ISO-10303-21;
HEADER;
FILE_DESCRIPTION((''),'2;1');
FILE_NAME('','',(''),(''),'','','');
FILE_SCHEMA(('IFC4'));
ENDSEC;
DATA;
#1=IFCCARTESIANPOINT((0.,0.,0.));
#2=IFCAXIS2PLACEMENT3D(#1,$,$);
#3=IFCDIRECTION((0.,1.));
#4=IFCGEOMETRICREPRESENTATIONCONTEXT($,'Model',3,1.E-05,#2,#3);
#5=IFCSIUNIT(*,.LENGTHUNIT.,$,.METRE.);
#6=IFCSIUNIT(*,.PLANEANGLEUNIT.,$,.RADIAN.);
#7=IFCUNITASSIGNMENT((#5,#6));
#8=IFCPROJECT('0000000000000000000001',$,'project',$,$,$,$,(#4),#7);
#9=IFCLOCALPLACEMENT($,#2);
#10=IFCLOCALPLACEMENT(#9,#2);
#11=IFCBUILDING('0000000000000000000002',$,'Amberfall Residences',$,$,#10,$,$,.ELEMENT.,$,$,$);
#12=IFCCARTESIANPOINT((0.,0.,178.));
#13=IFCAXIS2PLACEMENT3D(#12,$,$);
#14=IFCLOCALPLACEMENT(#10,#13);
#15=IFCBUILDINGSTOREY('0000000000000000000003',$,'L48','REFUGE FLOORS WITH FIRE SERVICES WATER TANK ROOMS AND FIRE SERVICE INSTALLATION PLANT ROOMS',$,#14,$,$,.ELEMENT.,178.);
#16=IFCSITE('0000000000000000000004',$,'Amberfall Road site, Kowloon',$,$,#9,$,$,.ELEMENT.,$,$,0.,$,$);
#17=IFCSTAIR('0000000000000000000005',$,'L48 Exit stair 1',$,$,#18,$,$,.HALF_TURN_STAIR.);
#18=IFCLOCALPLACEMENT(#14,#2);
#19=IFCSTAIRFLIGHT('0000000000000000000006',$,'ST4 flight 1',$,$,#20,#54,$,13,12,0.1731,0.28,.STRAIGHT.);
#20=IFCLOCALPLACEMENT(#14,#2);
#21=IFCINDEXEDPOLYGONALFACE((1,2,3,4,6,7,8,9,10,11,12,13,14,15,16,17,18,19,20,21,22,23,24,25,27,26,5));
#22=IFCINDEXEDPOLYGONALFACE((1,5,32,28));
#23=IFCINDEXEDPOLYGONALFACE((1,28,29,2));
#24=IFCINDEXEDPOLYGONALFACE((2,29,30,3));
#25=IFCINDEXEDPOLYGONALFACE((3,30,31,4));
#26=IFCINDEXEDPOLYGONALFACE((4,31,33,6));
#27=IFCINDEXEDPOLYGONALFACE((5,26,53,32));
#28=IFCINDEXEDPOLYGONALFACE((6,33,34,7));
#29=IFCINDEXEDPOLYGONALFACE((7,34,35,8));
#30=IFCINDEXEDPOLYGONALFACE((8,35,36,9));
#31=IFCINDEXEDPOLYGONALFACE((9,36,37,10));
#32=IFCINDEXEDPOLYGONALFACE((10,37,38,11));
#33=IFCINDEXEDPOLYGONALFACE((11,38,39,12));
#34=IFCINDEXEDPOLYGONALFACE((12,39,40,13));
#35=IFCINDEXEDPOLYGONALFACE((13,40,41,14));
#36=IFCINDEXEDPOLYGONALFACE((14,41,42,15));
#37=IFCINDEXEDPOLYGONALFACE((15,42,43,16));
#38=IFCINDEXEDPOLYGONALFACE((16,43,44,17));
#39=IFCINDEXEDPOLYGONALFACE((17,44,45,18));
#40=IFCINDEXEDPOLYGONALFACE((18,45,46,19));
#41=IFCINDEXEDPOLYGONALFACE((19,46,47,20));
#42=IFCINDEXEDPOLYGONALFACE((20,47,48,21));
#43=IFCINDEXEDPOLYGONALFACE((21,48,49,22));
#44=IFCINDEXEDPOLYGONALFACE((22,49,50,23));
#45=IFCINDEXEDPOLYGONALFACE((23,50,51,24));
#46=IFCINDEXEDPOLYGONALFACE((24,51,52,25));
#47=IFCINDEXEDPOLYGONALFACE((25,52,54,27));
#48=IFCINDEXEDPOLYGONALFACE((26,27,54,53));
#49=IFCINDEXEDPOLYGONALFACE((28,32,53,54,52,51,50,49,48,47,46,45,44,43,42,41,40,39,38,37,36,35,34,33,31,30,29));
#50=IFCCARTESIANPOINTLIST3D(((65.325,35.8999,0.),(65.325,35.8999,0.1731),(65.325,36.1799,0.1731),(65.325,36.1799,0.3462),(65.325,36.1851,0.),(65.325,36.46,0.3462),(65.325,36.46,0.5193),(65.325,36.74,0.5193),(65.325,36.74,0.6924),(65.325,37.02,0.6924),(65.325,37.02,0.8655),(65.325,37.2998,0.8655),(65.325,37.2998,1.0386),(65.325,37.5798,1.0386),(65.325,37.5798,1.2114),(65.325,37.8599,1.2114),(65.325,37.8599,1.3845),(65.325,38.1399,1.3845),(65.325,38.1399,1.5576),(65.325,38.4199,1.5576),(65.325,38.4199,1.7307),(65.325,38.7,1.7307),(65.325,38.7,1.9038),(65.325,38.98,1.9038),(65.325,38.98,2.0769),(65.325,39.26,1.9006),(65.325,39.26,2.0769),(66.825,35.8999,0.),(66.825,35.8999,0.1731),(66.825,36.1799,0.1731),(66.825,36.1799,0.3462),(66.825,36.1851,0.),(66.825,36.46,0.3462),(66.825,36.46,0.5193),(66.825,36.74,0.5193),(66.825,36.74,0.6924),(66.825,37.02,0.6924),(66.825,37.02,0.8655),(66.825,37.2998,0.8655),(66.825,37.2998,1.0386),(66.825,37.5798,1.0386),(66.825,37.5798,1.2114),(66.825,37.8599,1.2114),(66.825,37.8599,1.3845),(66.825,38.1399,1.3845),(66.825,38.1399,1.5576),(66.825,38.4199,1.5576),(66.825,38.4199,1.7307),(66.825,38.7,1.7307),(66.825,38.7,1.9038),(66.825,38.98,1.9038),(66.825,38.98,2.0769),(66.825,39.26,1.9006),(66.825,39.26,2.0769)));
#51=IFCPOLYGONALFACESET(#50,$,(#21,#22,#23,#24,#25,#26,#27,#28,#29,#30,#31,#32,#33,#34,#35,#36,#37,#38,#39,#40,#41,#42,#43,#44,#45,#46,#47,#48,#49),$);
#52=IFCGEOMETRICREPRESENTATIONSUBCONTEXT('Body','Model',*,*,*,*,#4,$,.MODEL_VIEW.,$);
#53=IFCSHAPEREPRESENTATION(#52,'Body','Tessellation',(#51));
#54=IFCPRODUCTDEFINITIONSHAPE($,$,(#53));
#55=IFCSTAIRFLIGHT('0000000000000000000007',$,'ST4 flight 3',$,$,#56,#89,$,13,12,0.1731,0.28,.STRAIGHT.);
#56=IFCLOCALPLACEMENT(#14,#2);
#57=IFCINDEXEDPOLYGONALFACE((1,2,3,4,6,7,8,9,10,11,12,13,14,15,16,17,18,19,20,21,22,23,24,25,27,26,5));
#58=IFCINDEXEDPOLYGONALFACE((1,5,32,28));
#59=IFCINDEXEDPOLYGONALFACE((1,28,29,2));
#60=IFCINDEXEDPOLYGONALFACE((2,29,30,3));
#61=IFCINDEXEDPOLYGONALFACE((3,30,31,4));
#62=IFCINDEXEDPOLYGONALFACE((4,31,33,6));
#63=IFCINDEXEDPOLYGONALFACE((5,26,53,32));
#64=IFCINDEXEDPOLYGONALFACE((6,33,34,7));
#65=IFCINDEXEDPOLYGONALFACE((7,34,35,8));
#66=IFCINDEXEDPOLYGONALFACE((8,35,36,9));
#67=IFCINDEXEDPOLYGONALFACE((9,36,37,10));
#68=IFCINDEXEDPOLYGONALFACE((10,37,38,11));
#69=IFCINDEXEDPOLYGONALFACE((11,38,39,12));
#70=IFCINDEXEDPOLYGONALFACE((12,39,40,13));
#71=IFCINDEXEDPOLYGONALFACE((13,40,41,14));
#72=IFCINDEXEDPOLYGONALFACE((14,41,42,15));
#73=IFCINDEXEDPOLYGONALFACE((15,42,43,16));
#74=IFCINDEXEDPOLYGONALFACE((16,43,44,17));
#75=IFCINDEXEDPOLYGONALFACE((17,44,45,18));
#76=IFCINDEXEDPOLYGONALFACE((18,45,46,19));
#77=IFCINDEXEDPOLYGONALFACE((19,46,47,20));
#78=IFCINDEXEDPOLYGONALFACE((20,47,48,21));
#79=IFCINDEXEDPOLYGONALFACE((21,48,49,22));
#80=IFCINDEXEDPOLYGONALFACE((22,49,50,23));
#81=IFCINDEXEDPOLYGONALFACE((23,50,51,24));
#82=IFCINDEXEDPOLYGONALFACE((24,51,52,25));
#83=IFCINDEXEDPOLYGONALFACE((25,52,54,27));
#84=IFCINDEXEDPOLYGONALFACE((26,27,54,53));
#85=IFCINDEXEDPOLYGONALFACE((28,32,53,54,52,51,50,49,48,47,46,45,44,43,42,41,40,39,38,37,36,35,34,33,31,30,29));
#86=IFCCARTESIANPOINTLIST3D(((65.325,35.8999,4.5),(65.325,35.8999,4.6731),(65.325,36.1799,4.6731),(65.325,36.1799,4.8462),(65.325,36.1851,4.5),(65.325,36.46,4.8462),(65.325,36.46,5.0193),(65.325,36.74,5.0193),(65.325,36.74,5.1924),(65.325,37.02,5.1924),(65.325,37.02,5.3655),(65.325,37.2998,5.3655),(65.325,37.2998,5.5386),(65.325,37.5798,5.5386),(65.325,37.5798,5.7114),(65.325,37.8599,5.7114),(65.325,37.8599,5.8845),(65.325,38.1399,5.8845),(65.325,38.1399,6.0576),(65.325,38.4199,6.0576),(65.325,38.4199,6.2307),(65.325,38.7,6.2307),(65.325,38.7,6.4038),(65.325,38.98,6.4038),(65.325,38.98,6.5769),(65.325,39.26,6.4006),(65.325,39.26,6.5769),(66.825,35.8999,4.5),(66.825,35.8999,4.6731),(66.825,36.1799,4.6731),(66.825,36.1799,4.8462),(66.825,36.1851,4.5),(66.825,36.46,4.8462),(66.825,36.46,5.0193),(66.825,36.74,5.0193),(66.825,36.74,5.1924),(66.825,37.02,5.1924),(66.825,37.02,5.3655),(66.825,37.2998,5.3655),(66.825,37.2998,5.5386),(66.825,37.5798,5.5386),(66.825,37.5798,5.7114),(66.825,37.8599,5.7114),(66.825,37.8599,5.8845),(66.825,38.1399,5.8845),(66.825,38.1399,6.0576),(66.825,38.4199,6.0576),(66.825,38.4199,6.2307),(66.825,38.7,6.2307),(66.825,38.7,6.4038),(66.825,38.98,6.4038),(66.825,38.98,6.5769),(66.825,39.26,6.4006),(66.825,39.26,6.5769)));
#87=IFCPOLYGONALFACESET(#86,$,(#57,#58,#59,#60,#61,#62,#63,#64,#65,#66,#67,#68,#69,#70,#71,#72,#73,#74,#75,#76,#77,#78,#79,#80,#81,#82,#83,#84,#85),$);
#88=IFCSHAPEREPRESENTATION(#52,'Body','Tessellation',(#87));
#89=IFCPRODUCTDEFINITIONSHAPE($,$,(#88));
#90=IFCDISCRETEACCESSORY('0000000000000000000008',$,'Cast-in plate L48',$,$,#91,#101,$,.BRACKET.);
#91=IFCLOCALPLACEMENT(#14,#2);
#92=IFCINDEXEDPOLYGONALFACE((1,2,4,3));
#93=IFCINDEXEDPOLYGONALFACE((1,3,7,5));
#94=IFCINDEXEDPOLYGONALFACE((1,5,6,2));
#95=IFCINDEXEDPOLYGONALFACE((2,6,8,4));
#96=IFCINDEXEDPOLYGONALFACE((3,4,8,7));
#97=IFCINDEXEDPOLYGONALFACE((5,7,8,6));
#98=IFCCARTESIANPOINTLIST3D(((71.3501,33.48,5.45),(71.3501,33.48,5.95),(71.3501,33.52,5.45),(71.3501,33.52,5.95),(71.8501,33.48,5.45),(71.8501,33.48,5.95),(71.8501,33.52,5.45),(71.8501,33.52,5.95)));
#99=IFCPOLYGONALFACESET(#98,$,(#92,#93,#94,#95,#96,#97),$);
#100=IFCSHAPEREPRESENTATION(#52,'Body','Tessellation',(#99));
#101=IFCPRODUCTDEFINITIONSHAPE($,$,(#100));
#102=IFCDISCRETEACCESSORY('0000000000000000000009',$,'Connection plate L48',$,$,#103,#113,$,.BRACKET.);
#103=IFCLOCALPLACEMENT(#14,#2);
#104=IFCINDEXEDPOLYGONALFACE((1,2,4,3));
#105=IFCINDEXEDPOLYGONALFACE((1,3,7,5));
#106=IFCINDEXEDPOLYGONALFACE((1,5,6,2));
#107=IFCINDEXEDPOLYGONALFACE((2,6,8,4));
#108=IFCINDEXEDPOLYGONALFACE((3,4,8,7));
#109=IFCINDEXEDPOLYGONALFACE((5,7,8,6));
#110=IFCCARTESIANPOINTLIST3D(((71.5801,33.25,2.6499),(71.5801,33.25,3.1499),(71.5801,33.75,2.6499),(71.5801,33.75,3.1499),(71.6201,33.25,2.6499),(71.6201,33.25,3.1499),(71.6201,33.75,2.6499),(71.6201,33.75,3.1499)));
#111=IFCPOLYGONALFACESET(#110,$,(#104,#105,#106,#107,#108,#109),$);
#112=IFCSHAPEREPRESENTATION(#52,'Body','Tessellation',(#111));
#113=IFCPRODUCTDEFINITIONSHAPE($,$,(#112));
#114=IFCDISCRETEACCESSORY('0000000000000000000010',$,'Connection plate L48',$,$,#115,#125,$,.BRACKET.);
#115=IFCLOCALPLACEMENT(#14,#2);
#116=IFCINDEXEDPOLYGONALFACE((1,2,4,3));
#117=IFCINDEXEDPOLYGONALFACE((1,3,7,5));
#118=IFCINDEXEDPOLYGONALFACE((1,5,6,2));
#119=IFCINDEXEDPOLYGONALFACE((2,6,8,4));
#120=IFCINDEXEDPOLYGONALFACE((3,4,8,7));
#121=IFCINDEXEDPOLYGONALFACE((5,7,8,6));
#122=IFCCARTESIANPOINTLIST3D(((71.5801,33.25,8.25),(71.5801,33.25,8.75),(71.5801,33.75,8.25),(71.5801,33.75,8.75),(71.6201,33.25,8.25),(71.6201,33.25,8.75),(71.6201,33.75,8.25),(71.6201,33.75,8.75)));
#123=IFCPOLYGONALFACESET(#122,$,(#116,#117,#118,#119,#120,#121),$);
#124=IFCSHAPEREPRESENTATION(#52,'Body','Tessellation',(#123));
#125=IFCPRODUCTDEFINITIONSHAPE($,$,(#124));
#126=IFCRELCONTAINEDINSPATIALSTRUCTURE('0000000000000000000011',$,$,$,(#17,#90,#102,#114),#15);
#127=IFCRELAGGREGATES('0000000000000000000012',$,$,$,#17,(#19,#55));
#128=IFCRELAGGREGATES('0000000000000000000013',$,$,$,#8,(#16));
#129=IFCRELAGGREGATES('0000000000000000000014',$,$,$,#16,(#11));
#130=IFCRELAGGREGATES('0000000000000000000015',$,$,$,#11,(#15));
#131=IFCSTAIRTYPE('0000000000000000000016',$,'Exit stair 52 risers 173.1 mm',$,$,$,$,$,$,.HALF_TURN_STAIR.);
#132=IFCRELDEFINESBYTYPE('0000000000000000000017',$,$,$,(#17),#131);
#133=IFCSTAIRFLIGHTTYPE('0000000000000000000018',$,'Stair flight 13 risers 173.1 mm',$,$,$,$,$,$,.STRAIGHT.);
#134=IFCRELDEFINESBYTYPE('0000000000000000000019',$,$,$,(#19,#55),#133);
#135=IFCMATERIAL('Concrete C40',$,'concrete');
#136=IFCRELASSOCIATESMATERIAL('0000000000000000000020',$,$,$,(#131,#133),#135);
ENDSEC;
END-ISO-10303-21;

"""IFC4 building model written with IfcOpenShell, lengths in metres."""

from ifc_helpers import new_model, si_unit, direction, frame, origin, origin_2d, place, context, subcontext, project, spatial, polyline, rectangle, outline, extrude, material, type_object, element, aggregate, save


model = new_model("IFC4")

# Units and contexts
model_context = context("Model", 3, precision=1e-05, world=origin(), true_north=direction((0.0, 1.0)))
body_context = subcontext(model_context, "Body", "Model", "MODEL_VIEW")
ifc_project = project(units=[si_unit("LENGTHUNIT", "METRE"), si_unit("PLANEANGLEUNIT", "RADIAN")], contexts=[model_context])

# Site, building, storey
site_placement = place(None, origin())
site = spatial("IfcSite", under=ifc_project, at=site_placement, Name="Amberfall Road site, Kowloon", CompositionType="ELEMENT", RefElevation=0.0)
building_placement = place(site_placement, origin())
building = spatial("IfcBuilding", under=site, at=building_placement, Name="Amberfall Residences", CompositionType="ELEMENT")
storey_placement = place(building_placement, frame((0.0, 0.0, 178.0)))
storey = spatial("IfcBuildingStorey", under=building, at=storey_placement, Name="L48", Description="REFUGE FLOORS WITH FIRE SERVICES WATER TANK ROOMS AND FIRE SERVICE INSTALLATION PLANT ROOMS", CompositionType="ELEMENT", Elevation=178.0)

# Stair, stair flights
ifc_material_1 = material(Name="Concrete C40", Category="concrete")
stair_type = type_object("IfcStairType", Name="Exit stair 52 risers 173.1 mm", PredefinedType="HALF_TURN_STAIR", material=ifc_material_1)
stair_placement = place(storey_placement, origin())
stair = element("IfcStair", 1, at=stair_placement, inside=storey, type_object=stair_type, Name="L48 Exit stair 1", PredefinedType="HALF_TURN_STAIR")
stair_flight_type = type_object("IfcStairFlightType", Name="Stair flight 13 risers 173.1 mm", PredefinedType="STRAIGHT", material=ifc_material_1)
stair_flight_1_placement = place(storey_placement, frame((66.075, 35.8999, 0.0), z_axis=(0.0, 0.0, 1.0), x_axis=(0.0, 1.0, 0.0)))
stair_flight_1 = element("IfcStairFlight", 2, at=stair_flight_1_placement, type_object=stair_flight_type, Name="ST4 flight 1", NumberOfRisers=13, NumberOfTreads=12, PredefinedType="STRAIGHT", RiserHeight=0.1731, TreadLength=0.28, context=body_context, shape_type="SweptSolid", body=[
    extrude(outline(polyline([(0.0, 0.0), (0.0, 0.1731), (0.28, 0.1731), (0.28, 0.3462), (0.5601, 0.3462), (0.5601, 0.5193), (0.8401, 0.5193), (0.8401, 0.6924), (1.1201, 0.6924), (1.1201, 0.8655), (1.3999, 0.8655), (1.3999, 1.0386), (1.6799, 1.0386), (1.6799, 1.2114), (1.96, 1.2114), (1.96, 1.3845), (2.24, 1.3845), (2.24, 1.5576), (2.52, 1.5576), (2.52, 1.7307), (2.8, 1.7307), (2.8, 1.9038), (3.0801, 1.9038), (3.0801, 2.0769), (3.3601, 2.0769), (3.3601, 2.25), (3.3601, 1.9006), (0.2852, 0.0), (0.0, 0.0)])), frame((0.0, 0.75, 0.0), z_axis=(0.0, -1.0, 0.0), x_axis=(1.0, 0.0, 0.0)), (0.0, 0.0, 1.0), 1.5),
])
stair_flight_2_placement = place(storey_placement, frame((66.075, 35.8999, 4.5), z_axis=(0.0, 0.0, 1.0), x_axis=(0.0, 1.0, 0.0)))
stair_flight_2 = element("IfcStairFlight", 3, at=stair_flight_2_placement, type_object=stair_flight_type, Name="ST4 flight 3", NumberOfRisers=13, NumberOfTreads=12, PredefinedType="STRAIGHT", RiserHeight=0.1731, TreadLength=0.28, context=body_context, shape_type="SweptSolid", body=[
    extrude(outline(polyline([(0.0, 0.0), (0.0, 0.1731), (0.28, 0.1731), (0.28, 0.3462), (0.5601, 0.3462), (0.5601, 0.5193), (0.8401, 0.5193), (0.8401, 0.6924), (1.1201, 0.6924), (1.1201, 0.8655), (1.3999, 0.8655), (1.3999, 1.0386), (1.6799, 1.0386), (1.6799, 1.2114), (1.96, 1.2114), (1.96, 1.3845), (2.24, 1.3845), (2.24, 1.5576), (2.52, 1.5576), (2.52, 1.7307), (2.8, 1.7307), (2.8, 1.9038), (3.0801, 1.9038), (3.0801, 2.0769), (3.3601, 2.0769), (3.3601, 2.25), (3.3601, 1.9006), (0.2852, 0.0), (0.0, 0.0)])), frame((0.0, 0.75, 0.0), z_axis=(0.0, -1.0, 0.0), x_axis=(1.0, 0.0, 0.0)), (0.0, 0.0, 1.0), 1.5),
])
aggregate(stair, [stair_flight_1, stair_flight_2])

# Discrete accessories
discrete_accessory_placement = place(storey_placement, frame((71.6001, 33.5, 5.45), z_axis=(0.0, 0.0, 1.0), x_axis=(0.0, 1.0, 0.0)))
element("IfcDiscreteAccessory", 4, at=discrete_accessory_placement, inside=storey, Name="Cast-in plate L48", PredefinedType="BRACKET", context=body_context, shape_type="SweptSolid", body=[
    extrude(rectangle(XDim=0.04, YDim=0.5, at=origin_2d()), origin(), (0.0, 0.0, 1.0), 0.5),
])
for number, where, z_axis, x_axis, name in (
    (5, (71.6001, 33.5, 2.6499), (0.0, 0.0, 1.0), (0.0, 1.0, 0.0), "Connection plate L48"),
    (6, (71.6001, 33.5, 8.25), (0.0, 0.0, 1.0), (0.0, 1.0, 0.0), "Connection plate L48"),
):
    element("IfcDiscreteAccessory", number, at=place(storey_placement, frame(where, z_axis=z_axis, x_axis=x_axis)), inside=storey, Name=name, PredefinedType="BRACKET", context=body_context, shape_type="SweptSolid", body=[
        extrude(rectangle(XDim=0.5, YDim=0.04, at=origin_2d()), origin(), (0.0, 0.0, 1.0), 0.5),
    ])

save(model, "model.ifc")
